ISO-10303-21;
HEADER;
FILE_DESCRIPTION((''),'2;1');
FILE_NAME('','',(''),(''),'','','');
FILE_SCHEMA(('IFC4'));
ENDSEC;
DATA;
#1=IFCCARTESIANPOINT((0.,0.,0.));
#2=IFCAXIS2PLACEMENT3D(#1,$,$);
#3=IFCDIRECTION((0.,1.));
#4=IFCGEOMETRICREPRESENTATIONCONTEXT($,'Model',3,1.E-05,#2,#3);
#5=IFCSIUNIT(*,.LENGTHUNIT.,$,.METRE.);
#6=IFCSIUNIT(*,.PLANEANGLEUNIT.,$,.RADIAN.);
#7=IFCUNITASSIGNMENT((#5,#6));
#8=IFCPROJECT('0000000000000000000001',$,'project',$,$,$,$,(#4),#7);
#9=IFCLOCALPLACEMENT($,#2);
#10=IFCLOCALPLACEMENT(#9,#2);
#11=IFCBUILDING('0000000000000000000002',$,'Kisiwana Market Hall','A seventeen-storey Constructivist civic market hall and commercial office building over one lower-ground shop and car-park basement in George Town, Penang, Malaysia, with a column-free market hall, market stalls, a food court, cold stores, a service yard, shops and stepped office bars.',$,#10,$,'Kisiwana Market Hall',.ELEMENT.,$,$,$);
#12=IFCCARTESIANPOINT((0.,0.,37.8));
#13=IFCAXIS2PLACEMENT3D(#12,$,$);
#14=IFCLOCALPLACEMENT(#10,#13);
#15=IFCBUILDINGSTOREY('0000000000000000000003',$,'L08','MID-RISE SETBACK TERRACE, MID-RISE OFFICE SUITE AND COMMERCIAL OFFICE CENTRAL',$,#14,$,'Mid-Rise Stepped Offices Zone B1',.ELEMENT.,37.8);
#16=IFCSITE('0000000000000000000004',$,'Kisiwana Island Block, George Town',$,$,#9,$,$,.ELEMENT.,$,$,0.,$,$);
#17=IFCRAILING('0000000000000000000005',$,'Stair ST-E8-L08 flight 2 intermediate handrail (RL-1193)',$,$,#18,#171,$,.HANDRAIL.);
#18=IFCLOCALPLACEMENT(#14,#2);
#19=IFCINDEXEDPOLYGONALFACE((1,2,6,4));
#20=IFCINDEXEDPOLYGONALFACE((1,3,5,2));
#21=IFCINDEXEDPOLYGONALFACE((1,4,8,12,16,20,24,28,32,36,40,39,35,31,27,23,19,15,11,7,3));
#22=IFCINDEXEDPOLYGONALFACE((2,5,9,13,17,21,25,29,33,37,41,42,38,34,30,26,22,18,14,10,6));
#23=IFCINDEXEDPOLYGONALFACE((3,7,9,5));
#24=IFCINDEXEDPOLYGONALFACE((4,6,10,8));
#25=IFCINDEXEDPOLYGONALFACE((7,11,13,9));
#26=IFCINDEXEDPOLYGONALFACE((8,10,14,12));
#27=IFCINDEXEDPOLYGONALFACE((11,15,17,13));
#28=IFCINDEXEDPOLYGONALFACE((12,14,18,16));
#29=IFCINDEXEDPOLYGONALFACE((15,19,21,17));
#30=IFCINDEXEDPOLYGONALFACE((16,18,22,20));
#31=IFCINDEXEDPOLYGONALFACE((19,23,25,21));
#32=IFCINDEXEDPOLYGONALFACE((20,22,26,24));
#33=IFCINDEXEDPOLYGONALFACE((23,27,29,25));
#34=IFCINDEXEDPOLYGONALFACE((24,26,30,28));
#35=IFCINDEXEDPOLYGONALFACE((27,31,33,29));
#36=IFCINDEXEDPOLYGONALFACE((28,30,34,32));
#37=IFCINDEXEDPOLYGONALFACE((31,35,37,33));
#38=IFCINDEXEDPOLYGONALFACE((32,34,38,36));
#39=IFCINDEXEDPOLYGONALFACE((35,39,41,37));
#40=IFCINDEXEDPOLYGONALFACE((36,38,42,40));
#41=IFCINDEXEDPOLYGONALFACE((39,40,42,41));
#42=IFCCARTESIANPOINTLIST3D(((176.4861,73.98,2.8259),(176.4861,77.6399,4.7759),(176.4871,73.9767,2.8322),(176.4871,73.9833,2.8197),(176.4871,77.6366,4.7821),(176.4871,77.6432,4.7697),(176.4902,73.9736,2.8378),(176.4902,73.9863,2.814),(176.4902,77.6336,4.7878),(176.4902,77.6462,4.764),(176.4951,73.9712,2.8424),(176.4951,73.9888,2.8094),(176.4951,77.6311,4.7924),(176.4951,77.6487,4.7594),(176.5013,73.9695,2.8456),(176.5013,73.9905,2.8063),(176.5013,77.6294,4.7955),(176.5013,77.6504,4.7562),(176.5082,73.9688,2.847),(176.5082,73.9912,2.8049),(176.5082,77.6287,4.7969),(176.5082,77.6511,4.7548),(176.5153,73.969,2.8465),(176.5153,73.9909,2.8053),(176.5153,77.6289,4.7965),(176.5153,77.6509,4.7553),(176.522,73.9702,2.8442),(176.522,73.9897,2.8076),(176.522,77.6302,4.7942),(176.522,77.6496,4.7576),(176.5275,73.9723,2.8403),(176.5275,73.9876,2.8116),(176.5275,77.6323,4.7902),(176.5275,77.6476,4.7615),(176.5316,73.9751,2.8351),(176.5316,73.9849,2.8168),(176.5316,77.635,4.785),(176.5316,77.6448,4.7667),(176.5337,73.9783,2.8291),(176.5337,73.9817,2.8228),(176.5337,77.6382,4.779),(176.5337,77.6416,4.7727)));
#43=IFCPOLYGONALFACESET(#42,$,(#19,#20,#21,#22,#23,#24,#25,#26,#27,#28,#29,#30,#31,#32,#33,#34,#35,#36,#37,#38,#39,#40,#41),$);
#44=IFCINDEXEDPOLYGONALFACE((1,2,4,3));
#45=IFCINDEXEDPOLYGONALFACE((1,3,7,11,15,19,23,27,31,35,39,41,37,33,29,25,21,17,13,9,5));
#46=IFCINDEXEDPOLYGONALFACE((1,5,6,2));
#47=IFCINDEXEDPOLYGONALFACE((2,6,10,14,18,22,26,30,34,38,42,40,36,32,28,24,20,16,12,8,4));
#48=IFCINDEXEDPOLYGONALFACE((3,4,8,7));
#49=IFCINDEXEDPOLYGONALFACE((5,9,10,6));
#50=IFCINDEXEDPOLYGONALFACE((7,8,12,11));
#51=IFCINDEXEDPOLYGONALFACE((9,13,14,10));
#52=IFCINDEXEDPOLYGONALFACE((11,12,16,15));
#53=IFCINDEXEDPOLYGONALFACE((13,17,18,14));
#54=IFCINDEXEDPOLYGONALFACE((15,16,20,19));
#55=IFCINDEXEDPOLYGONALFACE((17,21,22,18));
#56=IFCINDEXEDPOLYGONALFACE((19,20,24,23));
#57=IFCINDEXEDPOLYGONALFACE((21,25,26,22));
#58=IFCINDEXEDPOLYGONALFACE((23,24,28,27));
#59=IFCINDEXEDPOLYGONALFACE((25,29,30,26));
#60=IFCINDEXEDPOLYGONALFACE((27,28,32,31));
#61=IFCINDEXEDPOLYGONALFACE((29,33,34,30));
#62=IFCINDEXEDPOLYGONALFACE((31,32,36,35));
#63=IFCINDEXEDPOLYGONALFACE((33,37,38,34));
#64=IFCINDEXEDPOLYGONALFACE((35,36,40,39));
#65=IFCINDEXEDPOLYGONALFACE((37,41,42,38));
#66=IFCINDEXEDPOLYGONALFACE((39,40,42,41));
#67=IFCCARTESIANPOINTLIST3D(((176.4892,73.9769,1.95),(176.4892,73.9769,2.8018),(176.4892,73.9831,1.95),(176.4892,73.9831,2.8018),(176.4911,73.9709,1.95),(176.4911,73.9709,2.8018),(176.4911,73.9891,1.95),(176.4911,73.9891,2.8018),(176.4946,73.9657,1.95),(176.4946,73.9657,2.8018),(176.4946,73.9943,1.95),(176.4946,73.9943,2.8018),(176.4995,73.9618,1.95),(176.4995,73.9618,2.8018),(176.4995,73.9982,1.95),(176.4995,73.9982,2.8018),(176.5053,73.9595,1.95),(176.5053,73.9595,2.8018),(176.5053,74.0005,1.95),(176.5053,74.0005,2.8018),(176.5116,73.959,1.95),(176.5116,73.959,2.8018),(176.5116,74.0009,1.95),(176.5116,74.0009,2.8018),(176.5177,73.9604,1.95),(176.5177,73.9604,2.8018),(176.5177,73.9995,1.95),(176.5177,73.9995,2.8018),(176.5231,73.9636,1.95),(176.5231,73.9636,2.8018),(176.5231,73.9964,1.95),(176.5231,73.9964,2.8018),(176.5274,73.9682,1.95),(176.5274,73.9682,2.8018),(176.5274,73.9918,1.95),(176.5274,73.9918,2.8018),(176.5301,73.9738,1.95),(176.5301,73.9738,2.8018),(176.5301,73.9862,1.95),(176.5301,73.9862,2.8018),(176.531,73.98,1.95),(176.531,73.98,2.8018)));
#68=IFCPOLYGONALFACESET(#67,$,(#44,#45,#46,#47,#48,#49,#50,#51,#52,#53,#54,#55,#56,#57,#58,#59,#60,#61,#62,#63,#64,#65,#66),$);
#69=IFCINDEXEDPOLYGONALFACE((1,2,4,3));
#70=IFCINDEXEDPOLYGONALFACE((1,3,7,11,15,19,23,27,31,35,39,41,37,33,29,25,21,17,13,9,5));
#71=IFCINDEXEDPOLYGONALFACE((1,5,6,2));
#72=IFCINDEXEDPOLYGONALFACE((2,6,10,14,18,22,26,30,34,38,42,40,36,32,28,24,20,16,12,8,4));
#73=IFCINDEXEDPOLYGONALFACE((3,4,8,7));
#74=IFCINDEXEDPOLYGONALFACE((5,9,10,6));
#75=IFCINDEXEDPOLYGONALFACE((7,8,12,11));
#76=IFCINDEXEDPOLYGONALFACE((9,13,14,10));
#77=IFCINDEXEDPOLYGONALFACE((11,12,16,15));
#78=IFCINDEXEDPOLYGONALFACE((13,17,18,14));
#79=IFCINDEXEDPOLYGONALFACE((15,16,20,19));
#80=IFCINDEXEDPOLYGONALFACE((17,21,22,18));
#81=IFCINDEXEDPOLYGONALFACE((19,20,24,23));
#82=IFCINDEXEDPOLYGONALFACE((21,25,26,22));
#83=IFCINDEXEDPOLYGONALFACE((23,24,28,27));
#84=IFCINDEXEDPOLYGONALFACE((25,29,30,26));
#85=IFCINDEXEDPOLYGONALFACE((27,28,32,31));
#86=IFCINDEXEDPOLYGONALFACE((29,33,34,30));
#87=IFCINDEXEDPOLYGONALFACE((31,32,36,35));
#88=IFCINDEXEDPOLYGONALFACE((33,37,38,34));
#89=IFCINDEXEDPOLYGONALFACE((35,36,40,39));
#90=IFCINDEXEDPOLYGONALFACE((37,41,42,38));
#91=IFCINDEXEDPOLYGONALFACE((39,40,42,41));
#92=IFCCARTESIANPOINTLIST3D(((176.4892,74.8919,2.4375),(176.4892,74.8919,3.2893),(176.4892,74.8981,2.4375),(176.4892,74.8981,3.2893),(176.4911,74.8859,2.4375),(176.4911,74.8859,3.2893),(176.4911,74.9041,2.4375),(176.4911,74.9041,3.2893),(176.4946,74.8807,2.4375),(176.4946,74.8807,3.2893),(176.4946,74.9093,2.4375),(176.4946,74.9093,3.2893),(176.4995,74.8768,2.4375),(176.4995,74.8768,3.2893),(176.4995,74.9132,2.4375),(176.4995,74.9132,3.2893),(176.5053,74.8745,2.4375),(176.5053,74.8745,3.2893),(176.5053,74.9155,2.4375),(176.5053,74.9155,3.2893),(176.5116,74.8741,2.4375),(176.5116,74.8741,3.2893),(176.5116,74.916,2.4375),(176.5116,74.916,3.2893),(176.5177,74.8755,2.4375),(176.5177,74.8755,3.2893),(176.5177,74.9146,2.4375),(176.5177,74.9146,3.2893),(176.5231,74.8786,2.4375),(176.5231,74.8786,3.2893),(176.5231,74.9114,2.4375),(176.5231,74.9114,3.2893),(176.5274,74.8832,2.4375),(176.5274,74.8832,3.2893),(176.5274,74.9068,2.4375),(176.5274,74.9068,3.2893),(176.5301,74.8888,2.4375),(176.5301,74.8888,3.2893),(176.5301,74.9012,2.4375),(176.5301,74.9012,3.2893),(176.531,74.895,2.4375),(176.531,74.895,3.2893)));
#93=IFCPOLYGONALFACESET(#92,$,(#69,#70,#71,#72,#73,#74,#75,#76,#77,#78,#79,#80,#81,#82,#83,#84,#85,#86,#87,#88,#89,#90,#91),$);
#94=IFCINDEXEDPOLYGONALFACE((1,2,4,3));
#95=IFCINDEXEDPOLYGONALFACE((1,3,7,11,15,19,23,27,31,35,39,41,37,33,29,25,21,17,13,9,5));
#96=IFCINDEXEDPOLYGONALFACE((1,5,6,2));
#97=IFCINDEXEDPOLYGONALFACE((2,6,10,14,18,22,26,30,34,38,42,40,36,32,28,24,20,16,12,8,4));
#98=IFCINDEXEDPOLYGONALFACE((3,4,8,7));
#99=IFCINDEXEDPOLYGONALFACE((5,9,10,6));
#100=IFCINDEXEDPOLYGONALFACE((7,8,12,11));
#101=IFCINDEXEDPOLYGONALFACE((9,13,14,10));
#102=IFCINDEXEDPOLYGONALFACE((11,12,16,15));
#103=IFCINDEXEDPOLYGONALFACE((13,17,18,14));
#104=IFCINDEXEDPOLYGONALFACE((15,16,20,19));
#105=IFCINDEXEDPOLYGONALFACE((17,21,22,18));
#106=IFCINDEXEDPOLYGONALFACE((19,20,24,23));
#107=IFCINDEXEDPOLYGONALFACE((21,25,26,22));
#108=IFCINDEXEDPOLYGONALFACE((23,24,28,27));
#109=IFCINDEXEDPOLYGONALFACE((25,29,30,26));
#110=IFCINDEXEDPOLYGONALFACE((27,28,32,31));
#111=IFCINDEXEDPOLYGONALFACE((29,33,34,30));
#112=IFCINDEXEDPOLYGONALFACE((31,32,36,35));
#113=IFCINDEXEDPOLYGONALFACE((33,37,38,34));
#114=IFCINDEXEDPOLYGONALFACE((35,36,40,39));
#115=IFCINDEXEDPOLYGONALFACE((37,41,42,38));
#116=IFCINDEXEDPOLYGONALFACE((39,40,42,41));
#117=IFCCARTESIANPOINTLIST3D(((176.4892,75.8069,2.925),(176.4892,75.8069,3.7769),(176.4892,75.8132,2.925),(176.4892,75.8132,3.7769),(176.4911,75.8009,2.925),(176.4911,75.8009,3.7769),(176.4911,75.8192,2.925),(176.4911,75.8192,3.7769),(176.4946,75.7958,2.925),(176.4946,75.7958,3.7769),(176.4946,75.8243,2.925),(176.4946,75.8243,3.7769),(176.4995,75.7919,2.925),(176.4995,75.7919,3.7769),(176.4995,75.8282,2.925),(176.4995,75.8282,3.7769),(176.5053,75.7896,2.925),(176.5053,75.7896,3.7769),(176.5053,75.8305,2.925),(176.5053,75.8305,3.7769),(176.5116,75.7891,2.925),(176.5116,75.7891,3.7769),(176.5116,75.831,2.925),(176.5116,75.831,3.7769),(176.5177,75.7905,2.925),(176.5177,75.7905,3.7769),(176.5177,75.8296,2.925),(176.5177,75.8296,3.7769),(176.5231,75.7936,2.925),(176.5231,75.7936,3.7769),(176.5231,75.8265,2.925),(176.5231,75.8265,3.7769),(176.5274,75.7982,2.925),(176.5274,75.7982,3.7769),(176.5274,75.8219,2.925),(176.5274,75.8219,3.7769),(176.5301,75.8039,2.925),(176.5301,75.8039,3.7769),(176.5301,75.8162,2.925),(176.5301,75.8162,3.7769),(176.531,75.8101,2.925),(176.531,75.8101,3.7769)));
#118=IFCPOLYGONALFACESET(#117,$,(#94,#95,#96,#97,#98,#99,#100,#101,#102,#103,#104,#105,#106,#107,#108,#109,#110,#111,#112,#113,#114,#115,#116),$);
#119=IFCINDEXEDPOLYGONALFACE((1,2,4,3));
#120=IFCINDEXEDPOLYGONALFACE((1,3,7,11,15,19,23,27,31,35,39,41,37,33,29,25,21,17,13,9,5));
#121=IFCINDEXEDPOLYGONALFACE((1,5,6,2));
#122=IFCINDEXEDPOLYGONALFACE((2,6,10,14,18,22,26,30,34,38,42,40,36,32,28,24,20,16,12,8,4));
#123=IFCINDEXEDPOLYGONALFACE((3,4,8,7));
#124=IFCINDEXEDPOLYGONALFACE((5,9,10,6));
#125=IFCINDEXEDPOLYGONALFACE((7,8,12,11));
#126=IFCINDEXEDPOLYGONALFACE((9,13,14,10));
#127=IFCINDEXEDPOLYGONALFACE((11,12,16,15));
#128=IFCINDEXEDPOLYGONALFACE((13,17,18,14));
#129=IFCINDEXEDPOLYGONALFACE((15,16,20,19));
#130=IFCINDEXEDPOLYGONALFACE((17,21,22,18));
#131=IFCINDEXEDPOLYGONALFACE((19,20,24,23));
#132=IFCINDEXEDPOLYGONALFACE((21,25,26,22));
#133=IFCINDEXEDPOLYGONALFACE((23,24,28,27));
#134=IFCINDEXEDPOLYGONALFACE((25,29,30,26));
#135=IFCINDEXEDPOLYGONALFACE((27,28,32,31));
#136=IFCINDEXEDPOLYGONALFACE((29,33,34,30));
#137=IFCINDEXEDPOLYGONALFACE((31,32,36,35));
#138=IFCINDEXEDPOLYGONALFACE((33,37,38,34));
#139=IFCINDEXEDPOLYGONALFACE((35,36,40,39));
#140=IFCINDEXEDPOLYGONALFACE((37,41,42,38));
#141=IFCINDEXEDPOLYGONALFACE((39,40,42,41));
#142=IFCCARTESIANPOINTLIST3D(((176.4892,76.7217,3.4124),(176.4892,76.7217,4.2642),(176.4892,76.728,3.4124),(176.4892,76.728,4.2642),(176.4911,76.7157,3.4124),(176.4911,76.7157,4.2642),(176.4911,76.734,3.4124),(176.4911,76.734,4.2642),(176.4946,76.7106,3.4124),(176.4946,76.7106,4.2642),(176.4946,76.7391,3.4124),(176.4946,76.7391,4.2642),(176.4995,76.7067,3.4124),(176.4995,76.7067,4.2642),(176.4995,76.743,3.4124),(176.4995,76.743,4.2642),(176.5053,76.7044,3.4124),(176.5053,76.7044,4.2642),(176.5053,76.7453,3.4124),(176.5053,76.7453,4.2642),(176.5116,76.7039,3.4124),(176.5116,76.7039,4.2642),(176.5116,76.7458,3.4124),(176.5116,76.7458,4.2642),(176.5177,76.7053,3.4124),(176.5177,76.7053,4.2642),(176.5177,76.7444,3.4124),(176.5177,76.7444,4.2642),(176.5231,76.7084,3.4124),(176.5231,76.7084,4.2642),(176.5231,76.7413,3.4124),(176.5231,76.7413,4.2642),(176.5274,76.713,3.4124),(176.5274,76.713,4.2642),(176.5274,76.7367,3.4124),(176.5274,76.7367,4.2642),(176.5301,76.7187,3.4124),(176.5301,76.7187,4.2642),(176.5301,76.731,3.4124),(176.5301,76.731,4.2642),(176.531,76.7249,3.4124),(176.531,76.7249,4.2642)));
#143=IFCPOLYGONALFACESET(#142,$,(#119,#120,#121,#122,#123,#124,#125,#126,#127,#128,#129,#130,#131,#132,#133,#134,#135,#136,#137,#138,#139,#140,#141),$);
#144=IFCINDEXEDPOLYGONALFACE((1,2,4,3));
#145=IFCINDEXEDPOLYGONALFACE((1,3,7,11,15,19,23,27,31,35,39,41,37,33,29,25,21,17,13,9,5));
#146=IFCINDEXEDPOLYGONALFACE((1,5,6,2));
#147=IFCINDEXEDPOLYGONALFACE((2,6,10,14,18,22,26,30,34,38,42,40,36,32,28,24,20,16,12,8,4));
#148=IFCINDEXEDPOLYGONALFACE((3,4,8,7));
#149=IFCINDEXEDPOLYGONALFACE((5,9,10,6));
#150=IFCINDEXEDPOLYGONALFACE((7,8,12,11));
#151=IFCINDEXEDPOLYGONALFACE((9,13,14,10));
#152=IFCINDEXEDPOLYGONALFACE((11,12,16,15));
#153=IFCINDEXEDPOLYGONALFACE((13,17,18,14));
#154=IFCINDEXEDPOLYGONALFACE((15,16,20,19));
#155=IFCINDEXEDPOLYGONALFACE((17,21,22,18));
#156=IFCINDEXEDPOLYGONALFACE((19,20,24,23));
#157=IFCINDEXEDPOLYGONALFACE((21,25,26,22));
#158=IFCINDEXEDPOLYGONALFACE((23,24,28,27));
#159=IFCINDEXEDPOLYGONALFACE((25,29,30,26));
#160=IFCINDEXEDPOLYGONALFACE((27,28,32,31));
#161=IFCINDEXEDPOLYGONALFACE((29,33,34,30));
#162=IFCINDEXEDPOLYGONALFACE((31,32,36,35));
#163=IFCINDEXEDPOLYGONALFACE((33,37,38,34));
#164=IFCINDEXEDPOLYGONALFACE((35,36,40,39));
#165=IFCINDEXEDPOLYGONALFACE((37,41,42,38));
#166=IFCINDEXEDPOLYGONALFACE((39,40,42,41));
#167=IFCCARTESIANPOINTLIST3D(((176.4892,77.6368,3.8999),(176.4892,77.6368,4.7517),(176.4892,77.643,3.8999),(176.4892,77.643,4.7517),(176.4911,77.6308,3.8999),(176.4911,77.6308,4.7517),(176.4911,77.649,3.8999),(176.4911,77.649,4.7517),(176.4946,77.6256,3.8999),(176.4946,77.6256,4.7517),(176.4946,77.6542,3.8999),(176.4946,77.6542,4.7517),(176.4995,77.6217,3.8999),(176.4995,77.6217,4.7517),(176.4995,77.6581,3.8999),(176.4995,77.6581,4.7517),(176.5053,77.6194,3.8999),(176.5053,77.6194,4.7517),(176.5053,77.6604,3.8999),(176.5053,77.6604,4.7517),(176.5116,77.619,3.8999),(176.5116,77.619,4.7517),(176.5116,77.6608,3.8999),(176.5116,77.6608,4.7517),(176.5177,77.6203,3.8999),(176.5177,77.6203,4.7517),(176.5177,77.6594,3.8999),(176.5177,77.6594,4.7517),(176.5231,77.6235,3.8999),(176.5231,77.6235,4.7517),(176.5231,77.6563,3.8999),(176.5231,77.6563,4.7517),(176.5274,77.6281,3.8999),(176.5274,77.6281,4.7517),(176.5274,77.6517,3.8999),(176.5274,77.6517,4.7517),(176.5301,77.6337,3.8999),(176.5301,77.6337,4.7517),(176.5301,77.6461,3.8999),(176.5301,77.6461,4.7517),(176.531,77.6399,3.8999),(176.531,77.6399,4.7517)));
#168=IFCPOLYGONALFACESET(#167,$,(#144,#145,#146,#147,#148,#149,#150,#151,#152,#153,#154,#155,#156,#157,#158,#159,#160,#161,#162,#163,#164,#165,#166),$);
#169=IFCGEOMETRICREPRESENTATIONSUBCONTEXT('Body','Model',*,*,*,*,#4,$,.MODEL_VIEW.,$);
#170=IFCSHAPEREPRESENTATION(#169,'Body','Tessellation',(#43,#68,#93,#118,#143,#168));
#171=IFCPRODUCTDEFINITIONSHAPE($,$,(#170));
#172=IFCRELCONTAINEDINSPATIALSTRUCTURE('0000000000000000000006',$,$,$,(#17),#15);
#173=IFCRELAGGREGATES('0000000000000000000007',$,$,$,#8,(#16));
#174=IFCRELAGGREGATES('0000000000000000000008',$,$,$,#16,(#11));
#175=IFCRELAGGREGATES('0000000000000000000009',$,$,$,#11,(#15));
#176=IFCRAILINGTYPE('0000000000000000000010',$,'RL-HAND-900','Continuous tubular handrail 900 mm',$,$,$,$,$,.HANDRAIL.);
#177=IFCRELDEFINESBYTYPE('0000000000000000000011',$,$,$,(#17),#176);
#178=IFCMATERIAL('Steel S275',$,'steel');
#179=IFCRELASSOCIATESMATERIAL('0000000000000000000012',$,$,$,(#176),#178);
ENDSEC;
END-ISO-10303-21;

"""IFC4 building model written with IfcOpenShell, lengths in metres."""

from ifc_helpers import new_model, si_unit, direction, frame, origin, origin_2d, place, context, subcontext, project, spatial, circle, extrude, material, type_object, element, save


model = new_model("IFC4")

# Units and contexts
model_context = context("Model", 3, precision=1e-05, world=origin(), true_north=direction((0.0, 1.0)))
body_context = subcontext(model_context, "Body", "Model", "MODEL_VIEW")
ifc_project = project(units=[si_unit("LENGTHUNIT", "METRE"), si_unit("PLANEANGLEUNIT", "RADIAN")], contexts=[model_context])

# Site, building, storey
site_placement = place(None, origin())
site = spatial("IfcSite", under=ifc_project, at=site_placement, Name="Kisiwana Island Block, George Town", CompositionType="ELEMENT", RefElevation=0.0)
building_placement = place(site_placement, origin())
building = spatial("IfcBuilding", under=site, at=building_placement, Name="Kisiwana Market Hall", Description="A seventeen-storey Constructivist civic market hall and commercial office building over one lower-ground shop and car-park basement in George Town, Penang, Malaysia, with a column-free market hall, market stalls, a food court, cold stores, a service yard, shops and stepped office bars.", LongName="Kisiwana Market Hall", CompositionType="ELEMENT")
storey_placement = place(building_placement, frame((0.0, 0.0, 37.8)))
storey = spatial("IfcBuildingStorey", under=building, at=storey_placement, Name="L08", Description="MID-RISE SETBACK TERRACE, MID-RISE OFFICE SUITE AND COMMERCIAL OFFICE CENTRAL", LongName="Mid-Rise Stepped Offices Zone B1", CompositionType="ELEMENT", Elevation=37.8)

# Railing
ifc_material_1 = material(Name="Steel S275", Category="steel")
railing_type_1 = type_object("IfcRailingType", Name="RL-HAND-900", Description="Continuous tubular handrail 900 mm", PredefinedType="HANDRAIL", material=ifc_material_1)
railing_1_placement = place(storey_placement, frame((176.51, 73.98, 1.95)))
element("IfcRailing", 1, at=railing_1_placement, inside=storey, type_object=railing_type_1, Name="Stair ST-E8-L08 flight 2 intermediate handrail (RL-1193)", PredefinedType="HANDRAIL", context=body_context, shape_type="SweptSolid", body=[
    extrude(circle(Radius=0.0239, at=origin_2d()), frame((0.0, 0.0, 0.876), z_axis=(0.0, 0.882553, 0.470212), x_axis=(-1.0, 0.0, 0.0)), (0.0, 0.0, 1.0), 4.147),
    extrude(circle(Radius=0.021, at=origin_2d()), origin(), (0.0, 0.0, 1.0), 0.8518),
    extrude(circle(Radius=0.021, at=origin_2d()), frame((0.0, 0.915, 0.4875)), (0.0, 0.0, 1.0), 0.8518),
    extrude(circle(Radius=0.021, at=origin_2d()), frame((0.0, 1.8301, 0.9751)), (0.0, 0.0, 1.0), 0.8518),
    extrude(circle(Radius=0.021, at=origin_2d()), frame((0.0, 2.7449, 1.4624)), (0.0, 0.0, 1.0), 0.8518),
    extrude(circle(Radius=0.021, at=origin_2d()), frame((0.0, 3.6599, 1.95)), (0.0, 0.0, 1.0), 0.8518),
])

save(model, "model.ifc")
